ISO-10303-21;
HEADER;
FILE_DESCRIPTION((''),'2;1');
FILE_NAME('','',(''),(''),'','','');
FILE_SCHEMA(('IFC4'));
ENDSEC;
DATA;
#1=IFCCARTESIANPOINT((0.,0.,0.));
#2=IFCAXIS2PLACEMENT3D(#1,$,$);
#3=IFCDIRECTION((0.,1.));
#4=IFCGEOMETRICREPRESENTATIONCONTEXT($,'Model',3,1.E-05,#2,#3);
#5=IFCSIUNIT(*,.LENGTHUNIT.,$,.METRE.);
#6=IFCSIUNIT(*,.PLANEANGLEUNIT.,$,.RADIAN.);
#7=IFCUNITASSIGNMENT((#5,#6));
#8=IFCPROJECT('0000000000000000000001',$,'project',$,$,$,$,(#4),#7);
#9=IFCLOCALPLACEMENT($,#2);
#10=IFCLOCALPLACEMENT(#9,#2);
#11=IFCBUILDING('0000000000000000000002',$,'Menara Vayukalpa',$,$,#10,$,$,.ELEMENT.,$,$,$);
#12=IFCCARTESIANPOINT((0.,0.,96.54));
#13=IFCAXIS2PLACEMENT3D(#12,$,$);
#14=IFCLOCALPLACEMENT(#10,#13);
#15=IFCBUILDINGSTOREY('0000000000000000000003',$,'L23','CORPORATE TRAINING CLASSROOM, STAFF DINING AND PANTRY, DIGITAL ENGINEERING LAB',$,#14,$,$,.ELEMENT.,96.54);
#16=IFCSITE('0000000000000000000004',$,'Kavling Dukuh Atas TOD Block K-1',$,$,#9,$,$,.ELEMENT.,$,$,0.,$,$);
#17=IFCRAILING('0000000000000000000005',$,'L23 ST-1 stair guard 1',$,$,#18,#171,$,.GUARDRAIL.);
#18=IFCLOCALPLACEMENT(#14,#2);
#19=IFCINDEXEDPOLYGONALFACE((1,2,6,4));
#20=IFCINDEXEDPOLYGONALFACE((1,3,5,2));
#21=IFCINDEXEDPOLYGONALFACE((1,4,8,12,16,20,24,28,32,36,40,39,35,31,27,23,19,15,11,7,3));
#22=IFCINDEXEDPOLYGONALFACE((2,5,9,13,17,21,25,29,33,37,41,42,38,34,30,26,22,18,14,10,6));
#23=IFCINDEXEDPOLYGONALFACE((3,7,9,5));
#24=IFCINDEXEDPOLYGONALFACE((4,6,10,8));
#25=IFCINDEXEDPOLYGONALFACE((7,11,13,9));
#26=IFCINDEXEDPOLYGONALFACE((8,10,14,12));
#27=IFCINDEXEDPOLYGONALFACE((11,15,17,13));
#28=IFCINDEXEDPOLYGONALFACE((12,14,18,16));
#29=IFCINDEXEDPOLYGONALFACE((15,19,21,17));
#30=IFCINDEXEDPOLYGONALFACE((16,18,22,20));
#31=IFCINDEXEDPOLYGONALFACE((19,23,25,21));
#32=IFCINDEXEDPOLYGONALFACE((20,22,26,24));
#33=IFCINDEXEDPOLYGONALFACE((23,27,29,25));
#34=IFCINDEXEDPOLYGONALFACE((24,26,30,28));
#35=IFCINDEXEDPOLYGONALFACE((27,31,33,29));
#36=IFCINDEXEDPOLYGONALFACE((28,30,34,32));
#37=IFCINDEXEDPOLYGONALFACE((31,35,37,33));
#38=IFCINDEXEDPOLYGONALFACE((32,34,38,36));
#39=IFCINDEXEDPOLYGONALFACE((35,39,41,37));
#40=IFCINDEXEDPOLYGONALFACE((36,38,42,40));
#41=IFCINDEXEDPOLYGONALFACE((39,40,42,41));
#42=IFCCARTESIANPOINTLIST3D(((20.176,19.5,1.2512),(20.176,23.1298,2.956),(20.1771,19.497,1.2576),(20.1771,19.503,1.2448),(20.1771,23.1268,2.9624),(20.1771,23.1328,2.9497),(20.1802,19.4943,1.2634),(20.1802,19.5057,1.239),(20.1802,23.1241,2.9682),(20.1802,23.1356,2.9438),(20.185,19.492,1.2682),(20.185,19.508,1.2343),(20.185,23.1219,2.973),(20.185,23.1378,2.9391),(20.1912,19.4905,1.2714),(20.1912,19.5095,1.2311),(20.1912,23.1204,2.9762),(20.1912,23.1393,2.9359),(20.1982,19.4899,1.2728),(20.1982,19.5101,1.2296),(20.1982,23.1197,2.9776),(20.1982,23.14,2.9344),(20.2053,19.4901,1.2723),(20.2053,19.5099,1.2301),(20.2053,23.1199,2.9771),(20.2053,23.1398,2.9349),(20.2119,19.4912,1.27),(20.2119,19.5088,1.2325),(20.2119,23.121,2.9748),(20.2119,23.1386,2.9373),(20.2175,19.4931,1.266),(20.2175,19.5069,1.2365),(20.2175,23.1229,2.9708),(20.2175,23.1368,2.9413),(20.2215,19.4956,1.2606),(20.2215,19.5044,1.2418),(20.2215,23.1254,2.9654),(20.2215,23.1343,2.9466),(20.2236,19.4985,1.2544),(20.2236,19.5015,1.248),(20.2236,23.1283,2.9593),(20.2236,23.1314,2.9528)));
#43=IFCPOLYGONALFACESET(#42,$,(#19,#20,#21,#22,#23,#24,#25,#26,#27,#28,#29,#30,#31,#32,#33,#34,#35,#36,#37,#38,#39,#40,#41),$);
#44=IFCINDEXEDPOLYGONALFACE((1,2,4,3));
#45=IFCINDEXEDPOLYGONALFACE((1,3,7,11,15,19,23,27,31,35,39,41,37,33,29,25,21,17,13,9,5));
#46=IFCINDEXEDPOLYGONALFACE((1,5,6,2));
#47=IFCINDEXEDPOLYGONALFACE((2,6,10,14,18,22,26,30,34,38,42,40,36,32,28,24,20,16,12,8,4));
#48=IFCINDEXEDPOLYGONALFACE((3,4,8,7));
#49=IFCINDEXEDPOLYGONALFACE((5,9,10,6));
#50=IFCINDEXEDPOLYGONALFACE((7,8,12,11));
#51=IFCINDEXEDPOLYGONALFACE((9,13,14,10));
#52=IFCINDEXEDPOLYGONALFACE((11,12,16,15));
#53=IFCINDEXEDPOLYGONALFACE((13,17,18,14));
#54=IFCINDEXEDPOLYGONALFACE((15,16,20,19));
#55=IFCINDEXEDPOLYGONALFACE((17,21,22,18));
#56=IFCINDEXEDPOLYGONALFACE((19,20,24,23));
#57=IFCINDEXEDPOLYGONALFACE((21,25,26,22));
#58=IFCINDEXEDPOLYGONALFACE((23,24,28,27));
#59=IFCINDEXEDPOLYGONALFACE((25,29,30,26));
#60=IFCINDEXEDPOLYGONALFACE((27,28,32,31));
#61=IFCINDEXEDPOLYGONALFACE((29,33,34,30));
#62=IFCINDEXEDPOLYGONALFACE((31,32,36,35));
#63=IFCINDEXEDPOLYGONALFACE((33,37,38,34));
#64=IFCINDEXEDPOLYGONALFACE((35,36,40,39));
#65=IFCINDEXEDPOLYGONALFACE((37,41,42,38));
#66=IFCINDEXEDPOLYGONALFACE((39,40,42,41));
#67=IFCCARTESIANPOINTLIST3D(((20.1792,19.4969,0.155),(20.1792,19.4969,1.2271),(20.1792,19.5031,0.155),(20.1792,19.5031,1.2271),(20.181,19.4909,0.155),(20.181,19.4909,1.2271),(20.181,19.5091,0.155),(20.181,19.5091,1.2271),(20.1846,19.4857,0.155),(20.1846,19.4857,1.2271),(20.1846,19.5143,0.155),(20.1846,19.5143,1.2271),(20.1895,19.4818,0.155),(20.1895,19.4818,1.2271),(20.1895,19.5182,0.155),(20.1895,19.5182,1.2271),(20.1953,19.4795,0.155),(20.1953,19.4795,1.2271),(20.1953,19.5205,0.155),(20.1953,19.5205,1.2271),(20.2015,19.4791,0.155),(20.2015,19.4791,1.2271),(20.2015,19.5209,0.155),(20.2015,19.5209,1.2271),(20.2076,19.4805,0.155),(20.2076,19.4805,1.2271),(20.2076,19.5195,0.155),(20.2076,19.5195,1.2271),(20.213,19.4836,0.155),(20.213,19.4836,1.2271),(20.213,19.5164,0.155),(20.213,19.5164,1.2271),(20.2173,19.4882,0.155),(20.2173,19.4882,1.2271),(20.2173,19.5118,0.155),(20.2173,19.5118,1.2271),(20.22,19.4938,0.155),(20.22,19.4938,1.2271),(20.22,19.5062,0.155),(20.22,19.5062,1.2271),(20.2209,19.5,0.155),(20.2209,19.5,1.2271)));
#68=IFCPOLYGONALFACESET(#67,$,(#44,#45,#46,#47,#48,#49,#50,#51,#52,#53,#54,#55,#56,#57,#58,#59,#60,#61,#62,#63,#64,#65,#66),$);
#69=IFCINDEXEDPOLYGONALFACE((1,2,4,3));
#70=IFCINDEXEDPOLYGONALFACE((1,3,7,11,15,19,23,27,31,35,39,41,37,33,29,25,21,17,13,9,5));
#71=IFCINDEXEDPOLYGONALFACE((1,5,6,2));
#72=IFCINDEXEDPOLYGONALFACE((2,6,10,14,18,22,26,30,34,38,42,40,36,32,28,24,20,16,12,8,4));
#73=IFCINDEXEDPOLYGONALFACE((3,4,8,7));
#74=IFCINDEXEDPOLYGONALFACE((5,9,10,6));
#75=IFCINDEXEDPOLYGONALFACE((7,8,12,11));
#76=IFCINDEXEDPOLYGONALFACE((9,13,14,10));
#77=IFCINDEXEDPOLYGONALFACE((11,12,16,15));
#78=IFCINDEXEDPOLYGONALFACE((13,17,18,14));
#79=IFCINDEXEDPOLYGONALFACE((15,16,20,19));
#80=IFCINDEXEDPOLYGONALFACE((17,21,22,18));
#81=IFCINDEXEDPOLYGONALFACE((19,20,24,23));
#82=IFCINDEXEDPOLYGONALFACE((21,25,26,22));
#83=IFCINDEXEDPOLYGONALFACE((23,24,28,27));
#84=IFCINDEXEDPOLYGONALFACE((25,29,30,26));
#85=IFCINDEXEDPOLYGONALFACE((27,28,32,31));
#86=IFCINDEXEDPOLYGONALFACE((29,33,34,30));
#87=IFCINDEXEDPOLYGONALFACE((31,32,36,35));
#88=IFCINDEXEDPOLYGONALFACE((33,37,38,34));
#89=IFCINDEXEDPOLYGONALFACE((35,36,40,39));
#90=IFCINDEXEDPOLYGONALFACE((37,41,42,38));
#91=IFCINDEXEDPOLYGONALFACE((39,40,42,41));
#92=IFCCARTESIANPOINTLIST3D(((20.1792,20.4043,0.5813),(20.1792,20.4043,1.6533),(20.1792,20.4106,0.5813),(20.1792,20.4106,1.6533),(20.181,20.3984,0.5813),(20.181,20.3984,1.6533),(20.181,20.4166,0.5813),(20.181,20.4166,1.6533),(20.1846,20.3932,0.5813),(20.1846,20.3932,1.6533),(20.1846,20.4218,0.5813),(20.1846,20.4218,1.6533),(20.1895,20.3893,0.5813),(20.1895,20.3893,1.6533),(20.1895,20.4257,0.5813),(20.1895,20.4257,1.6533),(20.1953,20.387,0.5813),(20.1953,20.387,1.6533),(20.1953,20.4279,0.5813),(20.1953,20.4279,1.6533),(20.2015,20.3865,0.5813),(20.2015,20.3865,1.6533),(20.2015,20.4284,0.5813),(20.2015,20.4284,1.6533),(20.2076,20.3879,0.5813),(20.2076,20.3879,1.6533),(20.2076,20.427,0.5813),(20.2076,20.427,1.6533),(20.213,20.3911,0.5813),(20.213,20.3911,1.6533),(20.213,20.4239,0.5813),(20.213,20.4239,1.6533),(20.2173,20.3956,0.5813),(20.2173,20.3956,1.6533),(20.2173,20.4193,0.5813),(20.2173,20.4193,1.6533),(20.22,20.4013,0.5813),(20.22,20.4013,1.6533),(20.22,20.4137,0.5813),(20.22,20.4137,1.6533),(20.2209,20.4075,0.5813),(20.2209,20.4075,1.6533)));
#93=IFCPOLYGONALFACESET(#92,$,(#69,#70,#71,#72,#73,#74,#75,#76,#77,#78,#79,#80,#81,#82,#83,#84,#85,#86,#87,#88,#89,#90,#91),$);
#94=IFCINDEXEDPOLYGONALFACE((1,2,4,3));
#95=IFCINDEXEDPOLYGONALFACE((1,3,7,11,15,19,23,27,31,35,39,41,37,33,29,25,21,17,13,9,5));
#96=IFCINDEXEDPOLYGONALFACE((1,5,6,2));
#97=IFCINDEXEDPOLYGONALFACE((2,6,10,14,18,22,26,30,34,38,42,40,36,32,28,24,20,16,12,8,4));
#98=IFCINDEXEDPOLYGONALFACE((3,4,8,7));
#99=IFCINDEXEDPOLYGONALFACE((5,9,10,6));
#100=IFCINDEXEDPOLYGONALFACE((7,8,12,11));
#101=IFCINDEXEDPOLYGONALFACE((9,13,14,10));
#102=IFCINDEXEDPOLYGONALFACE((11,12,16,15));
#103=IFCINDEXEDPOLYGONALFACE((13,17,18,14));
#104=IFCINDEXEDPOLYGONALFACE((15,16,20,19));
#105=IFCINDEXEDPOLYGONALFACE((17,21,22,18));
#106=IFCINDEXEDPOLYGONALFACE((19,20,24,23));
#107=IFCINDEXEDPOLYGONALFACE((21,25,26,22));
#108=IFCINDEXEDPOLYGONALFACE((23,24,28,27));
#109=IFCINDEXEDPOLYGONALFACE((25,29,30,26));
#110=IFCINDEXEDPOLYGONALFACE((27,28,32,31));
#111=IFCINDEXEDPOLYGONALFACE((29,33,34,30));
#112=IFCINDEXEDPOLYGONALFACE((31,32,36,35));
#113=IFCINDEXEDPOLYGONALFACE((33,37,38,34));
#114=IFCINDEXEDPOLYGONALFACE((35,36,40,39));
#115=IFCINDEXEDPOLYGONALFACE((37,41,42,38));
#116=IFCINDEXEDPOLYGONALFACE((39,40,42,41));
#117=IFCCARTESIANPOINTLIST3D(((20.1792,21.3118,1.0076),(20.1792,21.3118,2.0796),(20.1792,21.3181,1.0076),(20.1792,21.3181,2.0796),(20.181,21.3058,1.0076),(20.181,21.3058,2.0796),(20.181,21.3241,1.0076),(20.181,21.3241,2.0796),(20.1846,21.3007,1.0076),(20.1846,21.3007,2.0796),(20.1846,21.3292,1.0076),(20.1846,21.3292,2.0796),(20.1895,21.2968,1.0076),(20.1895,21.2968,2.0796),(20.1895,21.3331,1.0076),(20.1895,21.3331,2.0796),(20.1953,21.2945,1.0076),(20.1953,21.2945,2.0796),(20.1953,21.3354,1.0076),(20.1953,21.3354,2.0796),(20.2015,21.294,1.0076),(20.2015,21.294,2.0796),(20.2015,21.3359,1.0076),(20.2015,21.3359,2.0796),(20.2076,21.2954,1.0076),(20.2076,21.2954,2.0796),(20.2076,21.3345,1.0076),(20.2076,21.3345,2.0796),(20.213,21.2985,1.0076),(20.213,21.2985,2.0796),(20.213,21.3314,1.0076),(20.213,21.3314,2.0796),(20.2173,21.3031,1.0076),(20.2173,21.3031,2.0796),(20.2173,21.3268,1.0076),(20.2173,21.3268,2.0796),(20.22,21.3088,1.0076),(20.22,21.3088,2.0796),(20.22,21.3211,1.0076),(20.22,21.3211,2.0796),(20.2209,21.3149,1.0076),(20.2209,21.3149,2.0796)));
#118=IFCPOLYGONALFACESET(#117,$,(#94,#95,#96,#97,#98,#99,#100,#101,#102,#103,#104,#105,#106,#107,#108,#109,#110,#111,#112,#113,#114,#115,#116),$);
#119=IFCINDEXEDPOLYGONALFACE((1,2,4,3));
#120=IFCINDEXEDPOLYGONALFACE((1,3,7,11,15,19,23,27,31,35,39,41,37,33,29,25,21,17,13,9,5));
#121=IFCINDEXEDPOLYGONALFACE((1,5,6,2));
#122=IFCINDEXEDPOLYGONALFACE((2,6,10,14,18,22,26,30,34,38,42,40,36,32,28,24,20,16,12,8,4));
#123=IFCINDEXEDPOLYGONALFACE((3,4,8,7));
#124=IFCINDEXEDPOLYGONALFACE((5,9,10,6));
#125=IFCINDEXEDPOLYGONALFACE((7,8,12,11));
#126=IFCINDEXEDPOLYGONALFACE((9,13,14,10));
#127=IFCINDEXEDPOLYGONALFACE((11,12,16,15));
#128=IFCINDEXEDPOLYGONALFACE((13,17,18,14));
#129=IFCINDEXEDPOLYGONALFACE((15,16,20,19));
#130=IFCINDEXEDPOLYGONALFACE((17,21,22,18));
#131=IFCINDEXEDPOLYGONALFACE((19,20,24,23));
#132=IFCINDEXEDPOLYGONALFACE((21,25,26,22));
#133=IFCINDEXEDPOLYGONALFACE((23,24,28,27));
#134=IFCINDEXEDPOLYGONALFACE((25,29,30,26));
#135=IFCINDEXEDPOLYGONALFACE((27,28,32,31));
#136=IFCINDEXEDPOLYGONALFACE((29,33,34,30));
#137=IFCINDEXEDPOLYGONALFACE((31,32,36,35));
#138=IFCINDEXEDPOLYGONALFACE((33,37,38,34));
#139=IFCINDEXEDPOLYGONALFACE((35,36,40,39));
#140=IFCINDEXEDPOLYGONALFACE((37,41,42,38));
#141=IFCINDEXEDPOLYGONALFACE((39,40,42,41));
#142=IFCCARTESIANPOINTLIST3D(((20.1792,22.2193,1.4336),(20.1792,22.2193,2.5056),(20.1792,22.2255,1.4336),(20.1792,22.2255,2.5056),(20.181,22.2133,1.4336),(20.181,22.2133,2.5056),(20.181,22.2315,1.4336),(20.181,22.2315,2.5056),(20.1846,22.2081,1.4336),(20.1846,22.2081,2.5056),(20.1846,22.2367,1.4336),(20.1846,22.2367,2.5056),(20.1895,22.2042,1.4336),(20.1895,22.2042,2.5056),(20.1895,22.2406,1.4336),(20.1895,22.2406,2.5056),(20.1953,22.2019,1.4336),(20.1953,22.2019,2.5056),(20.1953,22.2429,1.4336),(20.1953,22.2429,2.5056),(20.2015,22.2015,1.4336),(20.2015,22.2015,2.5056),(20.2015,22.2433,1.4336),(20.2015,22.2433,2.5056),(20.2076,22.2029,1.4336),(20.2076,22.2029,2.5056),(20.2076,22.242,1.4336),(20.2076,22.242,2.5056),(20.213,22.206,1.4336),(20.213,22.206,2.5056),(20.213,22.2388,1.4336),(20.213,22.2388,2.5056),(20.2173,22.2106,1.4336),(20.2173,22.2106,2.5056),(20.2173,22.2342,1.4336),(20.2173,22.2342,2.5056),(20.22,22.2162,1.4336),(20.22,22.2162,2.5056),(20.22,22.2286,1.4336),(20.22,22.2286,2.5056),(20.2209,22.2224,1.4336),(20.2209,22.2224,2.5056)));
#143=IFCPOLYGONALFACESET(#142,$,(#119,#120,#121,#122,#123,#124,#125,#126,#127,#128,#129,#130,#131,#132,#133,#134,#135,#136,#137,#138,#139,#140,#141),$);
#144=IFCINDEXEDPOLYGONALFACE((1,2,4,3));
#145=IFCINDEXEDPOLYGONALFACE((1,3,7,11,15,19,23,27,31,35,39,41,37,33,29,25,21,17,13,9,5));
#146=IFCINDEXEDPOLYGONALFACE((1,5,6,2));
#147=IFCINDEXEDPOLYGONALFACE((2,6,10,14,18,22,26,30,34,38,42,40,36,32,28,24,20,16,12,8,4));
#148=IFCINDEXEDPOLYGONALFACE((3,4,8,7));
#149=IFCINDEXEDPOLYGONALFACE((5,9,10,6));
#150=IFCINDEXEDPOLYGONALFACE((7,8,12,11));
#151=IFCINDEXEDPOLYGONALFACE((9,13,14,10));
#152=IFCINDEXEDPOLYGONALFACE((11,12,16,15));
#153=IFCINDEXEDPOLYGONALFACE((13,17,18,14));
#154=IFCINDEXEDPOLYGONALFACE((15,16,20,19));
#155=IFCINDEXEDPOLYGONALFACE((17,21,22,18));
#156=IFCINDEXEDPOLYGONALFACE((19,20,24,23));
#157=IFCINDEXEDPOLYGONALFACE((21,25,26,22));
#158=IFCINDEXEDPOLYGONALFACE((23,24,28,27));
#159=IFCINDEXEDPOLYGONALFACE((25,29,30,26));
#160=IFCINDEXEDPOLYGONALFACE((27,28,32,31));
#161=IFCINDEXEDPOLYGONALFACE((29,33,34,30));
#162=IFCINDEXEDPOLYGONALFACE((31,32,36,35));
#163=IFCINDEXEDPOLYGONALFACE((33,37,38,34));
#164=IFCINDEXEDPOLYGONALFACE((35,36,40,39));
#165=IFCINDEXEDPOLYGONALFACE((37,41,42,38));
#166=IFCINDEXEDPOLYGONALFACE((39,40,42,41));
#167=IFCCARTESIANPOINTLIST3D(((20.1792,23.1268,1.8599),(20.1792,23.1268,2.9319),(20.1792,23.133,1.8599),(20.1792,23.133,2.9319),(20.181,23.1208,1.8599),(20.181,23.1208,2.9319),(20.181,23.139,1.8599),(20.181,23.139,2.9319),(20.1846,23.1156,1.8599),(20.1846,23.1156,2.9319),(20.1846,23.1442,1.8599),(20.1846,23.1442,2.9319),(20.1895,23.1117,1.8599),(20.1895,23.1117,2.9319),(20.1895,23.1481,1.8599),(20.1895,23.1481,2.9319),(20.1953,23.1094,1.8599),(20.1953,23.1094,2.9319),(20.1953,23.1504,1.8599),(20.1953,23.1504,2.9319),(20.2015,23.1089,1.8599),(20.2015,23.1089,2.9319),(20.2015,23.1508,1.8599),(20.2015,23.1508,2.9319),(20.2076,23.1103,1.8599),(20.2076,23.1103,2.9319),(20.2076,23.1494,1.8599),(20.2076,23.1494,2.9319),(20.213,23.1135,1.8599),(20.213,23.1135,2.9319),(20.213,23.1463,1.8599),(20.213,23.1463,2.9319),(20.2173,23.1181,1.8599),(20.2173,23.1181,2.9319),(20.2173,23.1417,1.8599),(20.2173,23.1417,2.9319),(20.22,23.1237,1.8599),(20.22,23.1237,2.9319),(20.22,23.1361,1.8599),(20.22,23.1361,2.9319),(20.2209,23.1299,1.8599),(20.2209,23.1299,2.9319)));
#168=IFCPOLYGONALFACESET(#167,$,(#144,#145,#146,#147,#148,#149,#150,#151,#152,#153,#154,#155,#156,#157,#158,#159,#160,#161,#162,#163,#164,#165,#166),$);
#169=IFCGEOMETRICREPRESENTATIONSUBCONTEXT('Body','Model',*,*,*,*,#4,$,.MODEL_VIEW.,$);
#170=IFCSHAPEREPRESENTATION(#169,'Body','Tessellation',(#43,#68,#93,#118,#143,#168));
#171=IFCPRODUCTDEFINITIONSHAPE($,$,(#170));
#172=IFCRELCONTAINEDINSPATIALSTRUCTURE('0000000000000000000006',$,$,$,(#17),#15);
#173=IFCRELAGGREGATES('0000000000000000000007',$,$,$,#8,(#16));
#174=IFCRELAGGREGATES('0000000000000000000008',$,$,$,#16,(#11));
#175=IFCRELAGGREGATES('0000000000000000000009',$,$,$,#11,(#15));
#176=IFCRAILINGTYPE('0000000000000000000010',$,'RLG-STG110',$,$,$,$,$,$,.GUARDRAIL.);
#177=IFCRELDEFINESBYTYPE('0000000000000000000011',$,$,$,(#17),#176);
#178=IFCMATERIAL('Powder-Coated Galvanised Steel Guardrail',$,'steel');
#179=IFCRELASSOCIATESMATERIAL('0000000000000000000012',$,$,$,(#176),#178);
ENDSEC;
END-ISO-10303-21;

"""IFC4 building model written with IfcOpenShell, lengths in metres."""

from ifc_helpers import new_model, si_unit, direction, frame, origin, origin_2d, place, context, subcontext, project, spatial, circle, extrude, material, type_object, element, save


model = new_model("IFC4")

# Units and contexts
model_context = context("Model", 3, precision=1e-05, world=origin(), true_north=direction((0.0, 1.0)))
body_context = subcontext(model_context, "Body", "Model", "MODEL_VIEW")
ifc_project = project(units=[si_unit("LENGTHUNIT", "METRE"), si_unit("PLANEANGLEUNIT", "RADIAN")], contexts=[model_context])

# Site, building, storey
site_placement = place(None, origin())
site = spatial("IfcSite", under=ifc_project, at=site_placement, Name="Kavling Dukuh Atas TOD Block K-1", CompositionType="ELEMENT", RefElevation=0.0)
building_placement = place(site_placement, origin())
building = spatial("IfcBuilding", under=site, at=building_placement, Name="Menara Vayukalpa", CompositionType="ELEMENT")
storey_placement = place(building_placement, frame((0.0, 0.0, 96.54)))
storey = spatial("IfcBuildingStorey", under=building, at=storey_placement, Name="L23", Description="CORPORATE TRAINING CLASSROOM, STAFF DINING AND PANTRY, DIGITAL ENGINEERING LAB", CompositionType="ELEMENT", Elevation=96.54)

# Railing
ifc_material_1 = material(Name="Powder-Coated Galvanised Steel Guardrail", Category="steel")
railing_type = type_object("IfcRailingType", Name="RLG-STG110", PredefinedType="GUARDRAIL", material=ifc_material_1)
railing_1_placement = place(storey_placement, frame((20.2, 19.5, 0.155)))
element("IfcRailing", 1, at=railing_1_placement, inside=storey, type_object=railing_type, Name="L23 ST-1 stair guard 1", PredefinedType="GUARDRAIL", context=body_context, shape_type="SweptSolid", body=[
    extrude(circle(Radius=0.0239, at=origin_2d()), frame((0.0, 0.0, 1.0962), z_axis=(0.0, 0.90514, 0.425114), x_axis=(-1.0, 0.0, 0.0)), (0.0, 0.0, 1.0), 4.0103),
    extrude(circle(Radius=0.021, at=origin_2d()), origin(), (0.0, 0.0, 1.0), 1.072),
    extrude(circle(Radius=0.021, at=origin_2d()), frame((0.0, 0.9075, 0.4263)), (0.0, 0.0, 1.0), 1.072),
    extrude(circle(Radius=0.021, at=origin_2d()), frame((0.0, 1.8149, 0.8525)), (0.0, 0.0, 1.0), 1.072),
    extrude(circle(Radius=0.021, at=origin_2d()), frame((0.0, 2.7224, 1.2786)), (0.0, 0.0, 1.0), 1.072),
    extrude(circle(Radius=0.021, at=origin_2d()), frame((0.0, 3.6299, 1.7048)), (0.0, 0.0, 1.0), 1.072),
])

save(model, "model.ifc")
